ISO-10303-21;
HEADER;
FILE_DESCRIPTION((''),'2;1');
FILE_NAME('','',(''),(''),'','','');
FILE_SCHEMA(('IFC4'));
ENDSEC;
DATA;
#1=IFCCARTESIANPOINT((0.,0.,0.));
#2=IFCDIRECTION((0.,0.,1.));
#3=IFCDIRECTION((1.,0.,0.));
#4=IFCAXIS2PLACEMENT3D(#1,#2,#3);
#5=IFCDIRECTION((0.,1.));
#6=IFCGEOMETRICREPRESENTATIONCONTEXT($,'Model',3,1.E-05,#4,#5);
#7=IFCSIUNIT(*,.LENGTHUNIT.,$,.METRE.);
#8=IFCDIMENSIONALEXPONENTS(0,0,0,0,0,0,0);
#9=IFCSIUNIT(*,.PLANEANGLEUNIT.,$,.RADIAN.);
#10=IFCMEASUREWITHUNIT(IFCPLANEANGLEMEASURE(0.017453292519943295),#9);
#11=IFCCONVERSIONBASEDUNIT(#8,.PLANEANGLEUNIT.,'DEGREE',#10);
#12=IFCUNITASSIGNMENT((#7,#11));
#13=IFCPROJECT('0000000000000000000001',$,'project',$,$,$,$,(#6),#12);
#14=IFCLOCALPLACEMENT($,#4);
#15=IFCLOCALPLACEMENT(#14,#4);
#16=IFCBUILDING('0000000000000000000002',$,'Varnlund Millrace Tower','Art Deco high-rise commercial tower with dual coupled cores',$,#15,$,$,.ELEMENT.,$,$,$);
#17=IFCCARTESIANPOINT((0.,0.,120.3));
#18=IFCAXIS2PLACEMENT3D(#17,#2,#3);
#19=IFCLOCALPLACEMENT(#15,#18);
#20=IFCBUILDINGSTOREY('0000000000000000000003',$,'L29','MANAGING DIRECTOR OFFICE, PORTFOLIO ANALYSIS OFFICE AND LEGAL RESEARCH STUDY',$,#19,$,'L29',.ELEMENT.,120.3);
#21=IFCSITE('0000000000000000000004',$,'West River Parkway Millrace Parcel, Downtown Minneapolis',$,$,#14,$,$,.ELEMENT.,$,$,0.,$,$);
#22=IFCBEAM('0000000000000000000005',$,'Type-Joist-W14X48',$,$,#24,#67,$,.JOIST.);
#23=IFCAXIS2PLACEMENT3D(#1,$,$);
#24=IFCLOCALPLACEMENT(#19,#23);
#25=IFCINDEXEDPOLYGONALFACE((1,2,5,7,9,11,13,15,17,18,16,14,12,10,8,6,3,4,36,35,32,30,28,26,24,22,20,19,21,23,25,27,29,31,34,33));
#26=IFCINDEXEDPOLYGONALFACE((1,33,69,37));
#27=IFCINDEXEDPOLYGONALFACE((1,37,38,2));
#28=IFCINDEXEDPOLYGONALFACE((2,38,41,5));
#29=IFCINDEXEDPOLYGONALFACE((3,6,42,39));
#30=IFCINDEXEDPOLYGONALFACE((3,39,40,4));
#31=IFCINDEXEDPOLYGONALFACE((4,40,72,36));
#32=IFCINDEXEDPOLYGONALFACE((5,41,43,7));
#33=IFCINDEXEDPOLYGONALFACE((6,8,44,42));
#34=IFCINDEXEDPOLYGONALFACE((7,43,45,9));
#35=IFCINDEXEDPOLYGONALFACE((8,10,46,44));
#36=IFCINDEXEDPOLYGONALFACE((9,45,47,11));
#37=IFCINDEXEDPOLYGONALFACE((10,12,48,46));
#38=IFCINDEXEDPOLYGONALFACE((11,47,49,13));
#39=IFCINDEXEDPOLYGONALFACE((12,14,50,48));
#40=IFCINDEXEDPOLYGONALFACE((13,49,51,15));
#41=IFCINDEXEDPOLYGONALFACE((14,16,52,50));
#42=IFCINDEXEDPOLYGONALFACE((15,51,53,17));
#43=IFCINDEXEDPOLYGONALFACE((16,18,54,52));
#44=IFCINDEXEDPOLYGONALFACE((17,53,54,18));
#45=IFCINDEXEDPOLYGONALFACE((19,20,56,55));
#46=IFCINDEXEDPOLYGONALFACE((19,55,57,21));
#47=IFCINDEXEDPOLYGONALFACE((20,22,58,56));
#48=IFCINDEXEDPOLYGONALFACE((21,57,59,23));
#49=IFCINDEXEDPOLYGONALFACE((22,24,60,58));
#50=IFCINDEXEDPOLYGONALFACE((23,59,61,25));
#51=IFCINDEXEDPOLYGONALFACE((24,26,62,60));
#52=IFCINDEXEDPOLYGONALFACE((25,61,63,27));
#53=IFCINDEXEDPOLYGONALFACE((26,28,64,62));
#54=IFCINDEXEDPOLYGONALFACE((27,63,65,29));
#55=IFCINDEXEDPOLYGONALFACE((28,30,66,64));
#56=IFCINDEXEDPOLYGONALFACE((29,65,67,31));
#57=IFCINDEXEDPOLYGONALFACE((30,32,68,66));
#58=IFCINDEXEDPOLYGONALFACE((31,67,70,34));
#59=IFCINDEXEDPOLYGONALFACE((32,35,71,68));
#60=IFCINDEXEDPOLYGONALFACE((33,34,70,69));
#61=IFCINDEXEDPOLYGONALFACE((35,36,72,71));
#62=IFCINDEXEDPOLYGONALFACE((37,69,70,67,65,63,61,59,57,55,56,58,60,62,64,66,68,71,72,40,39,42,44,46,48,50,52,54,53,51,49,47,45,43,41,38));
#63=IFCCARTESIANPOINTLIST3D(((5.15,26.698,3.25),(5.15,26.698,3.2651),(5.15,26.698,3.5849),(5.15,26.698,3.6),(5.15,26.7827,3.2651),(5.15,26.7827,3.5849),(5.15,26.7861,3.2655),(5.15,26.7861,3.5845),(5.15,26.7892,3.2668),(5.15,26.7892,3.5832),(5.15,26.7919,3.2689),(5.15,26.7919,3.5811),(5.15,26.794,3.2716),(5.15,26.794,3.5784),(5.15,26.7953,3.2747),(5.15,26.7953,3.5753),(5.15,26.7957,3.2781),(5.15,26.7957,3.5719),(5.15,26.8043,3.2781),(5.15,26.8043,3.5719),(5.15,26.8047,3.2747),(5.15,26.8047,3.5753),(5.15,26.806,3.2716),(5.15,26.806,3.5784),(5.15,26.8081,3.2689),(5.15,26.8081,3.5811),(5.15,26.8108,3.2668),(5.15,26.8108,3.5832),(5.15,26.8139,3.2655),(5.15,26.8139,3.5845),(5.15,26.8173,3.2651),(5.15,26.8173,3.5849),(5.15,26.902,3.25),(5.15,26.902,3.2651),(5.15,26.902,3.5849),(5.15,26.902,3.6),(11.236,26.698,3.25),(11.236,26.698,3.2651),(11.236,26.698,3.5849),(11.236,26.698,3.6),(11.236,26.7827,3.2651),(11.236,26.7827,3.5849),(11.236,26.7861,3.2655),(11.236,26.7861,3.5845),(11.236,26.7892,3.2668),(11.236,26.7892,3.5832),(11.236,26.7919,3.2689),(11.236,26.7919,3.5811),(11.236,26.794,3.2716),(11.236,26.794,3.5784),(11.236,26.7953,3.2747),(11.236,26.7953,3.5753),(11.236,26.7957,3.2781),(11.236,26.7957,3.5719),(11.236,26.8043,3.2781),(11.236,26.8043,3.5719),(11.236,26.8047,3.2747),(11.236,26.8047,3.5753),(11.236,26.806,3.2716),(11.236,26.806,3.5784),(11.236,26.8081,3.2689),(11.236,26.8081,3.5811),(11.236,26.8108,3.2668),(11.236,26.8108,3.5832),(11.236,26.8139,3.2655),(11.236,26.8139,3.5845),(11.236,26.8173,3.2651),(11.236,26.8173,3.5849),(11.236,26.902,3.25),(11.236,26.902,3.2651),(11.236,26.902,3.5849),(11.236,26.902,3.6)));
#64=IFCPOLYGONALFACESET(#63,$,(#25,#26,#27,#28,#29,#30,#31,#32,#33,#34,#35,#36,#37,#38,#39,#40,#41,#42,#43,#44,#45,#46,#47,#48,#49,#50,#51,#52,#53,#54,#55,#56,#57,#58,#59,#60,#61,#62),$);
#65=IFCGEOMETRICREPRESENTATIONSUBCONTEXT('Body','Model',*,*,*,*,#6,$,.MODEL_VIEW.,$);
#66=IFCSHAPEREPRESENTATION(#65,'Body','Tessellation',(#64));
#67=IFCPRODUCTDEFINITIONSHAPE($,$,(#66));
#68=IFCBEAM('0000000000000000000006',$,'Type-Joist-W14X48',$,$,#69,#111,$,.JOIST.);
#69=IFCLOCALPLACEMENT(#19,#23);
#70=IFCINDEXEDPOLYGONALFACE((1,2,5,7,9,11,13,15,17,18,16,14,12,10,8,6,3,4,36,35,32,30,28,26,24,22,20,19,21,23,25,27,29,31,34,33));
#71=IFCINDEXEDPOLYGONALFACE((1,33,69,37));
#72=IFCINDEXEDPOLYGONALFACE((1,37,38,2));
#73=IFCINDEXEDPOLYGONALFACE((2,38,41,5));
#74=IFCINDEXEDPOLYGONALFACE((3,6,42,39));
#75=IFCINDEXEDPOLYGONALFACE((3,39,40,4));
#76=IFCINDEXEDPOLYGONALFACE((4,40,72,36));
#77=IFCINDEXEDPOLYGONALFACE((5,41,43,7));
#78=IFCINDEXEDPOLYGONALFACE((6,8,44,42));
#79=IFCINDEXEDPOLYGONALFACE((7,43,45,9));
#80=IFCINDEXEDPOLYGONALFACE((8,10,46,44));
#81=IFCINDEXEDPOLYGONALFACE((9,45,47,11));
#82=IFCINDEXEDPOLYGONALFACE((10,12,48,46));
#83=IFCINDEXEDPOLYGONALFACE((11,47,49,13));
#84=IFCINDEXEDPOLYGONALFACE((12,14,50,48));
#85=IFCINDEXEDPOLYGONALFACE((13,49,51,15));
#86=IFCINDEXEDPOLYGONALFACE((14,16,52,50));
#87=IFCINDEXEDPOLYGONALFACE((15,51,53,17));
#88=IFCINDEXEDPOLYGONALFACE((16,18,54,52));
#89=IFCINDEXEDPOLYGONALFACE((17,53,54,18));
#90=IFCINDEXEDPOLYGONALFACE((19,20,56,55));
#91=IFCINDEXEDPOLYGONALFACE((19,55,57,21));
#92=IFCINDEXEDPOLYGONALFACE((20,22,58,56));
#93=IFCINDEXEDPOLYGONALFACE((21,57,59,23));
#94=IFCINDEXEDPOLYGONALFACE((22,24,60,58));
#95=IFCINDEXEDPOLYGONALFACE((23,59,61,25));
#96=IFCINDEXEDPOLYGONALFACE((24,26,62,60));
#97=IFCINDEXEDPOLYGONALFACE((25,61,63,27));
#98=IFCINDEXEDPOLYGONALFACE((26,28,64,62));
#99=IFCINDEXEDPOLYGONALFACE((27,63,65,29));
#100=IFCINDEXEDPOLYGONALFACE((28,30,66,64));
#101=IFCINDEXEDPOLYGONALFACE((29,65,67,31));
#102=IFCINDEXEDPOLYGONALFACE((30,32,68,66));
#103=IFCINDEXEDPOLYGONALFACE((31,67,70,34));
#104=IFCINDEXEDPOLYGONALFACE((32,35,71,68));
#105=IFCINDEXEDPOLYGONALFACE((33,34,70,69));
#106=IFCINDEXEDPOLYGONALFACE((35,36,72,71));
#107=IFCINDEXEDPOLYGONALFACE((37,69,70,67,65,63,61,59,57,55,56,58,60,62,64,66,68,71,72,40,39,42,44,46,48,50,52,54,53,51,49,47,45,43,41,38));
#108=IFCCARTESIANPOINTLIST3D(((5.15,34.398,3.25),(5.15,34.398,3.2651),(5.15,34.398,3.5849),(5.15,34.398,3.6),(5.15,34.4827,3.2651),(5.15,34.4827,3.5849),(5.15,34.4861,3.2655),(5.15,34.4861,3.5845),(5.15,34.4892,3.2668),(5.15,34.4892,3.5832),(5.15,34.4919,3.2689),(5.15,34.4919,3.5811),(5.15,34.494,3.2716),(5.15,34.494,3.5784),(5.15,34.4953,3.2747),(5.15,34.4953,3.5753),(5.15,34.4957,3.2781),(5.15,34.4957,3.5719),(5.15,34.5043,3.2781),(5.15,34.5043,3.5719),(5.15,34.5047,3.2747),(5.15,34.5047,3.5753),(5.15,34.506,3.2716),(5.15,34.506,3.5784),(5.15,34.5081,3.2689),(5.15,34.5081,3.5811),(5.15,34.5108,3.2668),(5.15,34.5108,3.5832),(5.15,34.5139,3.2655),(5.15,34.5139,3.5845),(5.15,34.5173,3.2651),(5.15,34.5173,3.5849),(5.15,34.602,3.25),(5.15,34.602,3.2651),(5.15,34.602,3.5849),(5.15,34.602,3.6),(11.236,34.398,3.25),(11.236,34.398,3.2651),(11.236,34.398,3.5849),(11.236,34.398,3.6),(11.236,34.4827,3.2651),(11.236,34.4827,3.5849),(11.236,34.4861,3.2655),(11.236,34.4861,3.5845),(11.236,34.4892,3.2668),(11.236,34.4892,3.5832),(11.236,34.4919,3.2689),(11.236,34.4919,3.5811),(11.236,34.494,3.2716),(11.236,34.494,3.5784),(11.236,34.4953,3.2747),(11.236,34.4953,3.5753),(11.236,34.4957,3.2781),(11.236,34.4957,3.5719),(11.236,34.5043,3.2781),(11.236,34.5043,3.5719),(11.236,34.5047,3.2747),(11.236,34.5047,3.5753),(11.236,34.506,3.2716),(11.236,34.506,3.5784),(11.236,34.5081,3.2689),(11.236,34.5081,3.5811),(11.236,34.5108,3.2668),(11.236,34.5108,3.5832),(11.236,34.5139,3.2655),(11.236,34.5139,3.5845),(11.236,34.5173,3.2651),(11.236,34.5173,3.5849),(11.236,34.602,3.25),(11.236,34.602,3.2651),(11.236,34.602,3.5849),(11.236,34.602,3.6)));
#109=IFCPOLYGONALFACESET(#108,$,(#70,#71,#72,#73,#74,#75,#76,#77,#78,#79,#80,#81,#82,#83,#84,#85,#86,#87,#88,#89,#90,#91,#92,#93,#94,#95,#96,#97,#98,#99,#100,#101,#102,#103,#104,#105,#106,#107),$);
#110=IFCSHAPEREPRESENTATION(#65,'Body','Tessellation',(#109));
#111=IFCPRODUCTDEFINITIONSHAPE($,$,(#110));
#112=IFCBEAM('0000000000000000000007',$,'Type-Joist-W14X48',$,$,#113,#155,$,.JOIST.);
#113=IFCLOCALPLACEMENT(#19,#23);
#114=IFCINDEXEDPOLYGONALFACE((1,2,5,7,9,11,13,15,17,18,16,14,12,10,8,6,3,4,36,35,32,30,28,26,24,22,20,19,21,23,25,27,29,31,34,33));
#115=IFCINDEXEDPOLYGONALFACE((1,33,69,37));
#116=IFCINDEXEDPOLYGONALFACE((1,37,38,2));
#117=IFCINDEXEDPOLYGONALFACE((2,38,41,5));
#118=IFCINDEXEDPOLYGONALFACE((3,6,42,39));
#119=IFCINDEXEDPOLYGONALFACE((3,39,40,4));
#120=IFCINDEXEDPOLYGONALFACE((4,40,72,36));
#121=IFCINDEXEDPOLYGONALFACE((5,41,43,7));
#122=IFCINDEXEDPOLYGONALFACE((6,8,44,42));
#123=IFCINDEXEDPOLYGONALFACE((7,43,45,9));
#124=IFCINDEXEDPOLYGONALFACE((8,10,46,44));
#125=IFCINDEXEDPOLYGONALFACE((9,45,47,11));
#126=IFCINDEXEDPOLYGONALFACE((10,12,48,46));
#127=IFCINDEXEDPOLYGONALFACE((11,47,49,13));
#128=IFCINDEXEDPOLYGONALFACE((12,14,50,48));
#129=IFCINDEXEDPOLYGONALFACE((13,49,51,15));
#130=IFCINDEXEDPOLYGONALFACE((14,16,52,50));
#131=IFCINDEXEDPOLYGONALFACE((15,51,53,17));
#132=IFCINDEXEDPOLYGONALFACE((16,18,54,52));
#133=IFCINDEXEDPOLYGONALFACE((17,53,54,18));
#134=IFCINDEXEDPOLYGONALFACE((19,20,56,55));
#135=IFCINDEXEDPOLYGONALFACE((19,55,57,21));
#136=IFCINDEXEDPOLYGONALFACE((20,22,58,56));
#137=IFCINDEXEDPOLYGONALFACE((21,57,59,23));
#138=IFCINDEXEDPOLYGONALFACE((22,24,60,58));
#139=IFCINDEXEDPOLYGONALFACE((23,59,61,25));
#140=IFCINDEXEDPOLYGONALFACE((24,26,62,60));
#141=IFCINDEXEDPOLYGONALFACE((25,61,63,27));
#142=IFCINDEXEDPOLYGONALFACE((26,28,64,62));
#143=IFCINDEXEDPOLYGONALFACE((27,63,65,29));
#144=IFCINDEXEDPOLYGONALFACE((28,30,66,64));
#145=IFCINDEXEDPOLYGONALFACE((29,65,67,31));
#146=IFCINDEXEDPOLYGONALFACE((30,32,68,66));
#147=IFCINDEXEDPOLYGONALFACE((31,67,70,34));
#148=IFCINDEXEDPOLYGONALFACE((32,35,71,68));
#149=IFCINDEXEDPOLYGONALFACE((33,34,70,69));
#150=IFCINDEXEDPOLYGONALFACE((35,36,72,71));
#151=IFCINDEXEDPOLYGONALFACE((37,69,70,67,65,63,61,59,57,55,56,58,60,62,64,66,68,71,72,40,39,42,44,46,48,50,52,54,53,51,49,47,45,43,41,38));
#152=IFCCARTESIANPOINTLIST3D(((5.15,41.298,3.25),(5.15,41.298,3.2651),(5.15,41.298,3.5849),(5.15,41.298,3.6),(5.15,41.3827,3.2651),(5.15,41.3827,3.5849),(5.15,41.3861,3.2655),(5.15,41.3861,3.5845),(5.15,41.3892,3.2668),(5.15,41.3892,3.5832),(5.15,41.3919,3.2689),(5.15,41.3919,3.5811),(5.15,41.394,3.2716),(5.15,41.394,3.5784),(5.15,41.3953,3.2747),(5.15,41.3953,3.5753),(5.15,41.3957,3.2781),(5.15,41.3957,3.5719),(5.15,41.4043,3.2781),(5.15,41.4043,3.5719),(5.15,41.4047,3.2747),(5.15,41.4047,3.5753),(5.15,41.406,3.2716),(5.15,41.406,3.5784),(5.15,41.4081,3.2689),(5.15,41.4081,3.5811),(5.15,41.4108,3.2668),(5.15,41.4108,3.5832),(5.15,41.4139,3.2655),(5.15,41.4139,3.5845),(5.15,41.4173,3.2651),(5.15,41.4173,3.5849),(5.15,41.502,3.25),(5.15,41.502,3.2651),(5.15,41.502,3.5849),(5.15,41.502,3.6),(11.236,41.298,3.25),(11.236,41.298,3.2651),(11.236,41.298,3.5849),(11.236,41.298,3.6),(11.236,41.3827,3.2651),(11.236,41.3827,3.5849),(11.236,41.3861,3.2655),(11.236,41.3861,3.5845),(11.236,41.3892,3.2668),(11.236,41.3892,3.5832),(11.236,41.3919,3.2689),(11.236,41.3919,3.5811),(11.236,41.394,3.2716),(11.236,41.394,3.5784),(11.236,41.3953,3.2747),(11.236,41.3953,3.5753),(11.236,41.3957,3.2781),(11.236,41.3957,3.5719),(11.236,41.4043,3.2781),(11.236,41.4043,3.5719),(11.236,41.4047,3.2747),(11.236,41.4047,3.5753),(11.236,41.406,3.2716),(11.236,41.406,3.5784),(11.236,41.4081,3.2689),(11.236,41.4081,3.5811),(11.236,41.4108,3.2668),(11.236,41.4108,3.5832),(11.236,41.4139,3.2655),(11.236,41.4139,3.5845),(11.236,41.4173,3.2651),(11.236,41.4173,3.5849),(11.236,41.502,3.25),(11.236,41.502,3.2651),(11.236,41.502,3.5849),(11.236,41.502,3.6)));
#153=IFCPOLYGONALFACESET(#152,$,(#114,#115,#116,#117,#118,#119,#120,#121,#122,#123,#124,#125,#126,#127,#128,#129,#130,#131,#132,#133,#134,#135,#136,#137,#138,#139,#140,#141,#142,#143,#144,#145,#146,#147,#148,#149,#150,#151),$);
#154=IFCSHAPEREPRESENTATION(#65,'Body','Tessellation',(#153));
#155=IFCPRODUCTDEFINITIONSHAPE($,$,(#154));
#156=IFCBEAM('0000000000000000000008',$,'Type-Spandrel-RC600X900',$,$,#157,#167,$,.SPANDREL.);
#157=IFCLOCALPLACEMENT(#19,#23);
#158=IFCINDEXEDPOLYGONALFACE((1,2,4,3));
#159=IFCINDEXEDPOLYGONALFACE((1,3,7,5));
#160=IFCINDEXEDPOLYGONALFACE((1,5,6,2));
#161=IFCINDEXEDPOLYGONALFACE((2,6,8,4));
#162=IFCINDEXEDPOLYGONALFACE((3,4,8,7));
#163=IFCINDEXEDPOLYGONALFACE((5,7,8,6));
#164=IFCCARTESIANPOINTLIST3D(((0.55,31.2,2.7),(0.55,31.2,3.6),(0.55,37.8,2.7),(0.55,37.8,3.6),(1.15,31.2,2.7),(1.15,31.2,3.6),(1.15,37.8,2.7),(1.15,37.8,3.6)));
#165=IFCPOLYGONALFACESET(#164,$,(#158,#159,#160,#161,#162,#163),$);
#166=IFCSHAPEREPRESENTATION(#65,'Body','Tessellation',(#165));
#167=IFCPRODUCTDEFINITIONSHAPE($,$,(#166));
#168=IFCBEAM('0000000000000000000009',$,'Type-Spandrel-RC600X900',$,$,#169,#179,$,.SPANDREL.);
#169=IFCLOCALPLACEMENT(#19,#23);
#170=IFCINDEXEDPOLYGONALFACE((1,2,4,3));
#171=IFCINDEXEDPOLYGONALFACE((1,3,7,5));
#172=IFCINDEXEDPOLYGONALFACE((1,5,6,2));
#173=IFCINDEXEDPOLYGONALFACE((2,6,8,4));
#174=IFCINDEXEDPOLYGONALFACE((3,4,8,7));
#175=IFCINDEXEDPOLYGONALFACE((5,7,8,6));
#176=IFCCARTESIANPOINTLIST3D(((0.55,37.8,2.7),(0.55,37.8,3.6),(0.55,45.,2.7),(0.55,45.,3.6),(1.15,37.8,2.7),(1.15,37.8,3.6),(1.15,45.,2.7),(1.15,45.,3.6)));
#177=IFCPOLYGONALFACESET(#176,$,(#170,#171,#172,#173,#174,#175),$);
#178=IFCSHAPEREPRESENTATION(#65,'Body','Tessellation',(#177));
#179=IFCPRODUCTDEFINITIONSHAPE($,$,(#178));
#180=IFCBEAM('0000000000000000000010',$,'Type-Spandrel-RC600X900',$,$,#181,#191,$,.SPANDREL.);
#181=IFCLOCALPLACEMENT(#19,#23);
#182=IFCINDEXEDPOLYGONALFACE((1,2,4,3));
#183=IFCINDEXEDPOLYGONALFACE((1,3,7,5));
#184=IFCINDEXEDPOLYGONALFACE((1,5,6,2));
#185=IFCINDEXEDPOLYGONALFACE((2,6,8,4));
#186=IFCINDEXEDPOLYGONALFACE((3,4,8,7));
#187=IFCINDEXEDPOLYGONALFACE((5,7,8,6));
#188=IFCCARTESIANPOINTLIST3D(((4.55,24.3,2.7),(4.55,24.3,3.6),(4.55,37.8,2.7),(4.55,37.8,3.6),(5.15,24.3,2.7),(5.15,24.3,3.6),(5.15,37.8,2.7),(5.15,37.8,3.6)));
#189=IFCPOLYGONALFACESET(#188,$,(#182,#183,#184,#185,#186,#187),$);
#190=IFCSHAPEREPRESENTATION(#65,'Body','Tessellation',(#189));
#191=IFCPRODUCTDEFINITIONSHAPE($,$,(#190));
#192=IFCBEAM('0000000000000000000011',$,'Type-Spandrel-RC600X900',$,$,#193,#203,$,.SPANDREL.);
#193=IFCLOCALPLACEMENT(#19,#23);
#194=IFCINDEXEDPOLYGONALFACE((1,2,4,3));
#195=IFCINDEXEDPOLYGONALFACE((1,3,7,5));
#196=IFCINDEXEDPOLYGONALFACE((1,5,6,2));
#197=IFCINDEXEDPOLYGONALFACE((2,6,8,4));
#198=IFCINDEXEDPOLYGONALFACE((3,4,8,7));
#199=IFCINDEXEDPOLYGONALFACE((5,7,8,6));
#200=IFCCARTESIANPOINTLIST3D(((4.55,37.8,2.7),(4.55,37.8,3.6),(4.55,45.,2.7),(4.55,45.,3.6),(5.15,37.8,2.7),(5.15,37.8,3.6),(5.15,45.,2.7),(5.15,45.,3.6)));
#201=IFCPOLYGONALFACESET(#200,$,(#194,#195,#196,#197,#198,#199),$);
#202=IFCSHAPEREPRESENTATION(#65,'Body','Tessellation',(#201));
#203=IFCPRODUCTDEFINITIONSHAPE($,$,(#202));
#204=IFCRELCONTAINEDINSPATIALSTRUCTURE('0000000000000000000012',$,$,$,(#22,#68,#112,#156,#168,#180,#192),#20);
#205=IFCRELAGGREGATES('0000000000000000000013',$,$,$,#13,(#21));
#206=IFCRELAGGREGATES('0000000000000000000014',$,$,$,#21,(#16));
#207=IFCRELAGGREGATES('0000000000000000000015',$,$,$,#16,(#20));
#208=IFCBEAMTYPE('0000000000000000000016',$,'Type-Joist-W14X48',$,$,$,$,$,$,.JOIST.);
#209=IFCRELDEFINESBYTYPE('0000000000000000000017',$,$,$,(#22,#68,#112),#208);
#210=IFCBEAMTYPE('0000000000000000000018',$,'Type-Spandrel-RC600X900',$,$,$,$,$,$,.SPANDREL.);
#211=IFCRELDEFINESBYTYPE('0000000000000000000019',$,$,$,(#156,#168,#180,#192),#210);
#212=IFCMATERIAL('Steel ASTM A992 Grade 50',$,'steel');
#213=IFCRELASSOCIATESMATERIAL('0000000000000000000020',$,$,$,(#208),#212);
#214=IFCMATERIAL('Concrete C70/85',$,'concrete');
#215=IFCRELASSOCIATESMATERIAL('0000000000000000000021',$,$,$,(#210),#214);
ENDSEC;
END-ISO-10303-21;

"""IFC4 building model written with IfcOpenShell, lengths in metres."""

from ifc_helpers import new_model, entity, si_unit, converted_unit, direction, frame, origin_with_axes, origin_2d_with_axis, place, context, subcontext, project, spatial, rectangle, i_section, extrude, material, material_profile, profile_set, type_object, element, save


model = new_model("IFC4")

# Units and contexts
model_context = context("Model", 3, precision=1e-05, world=origin_with_axes(), true_north=direction((0.0, 1.0)))
body_context = subcontext(model_context, "Body", "Model", "MODEL_VIEW")
ifc_project = project(units=[si_unit("LENGTHUNIT", "METRE"), converted_unit("PLANEANGLEUNIT", "DEGREE", entity("IfcPlaneAngleMeasure", 0.017453292519943295), si_unit("PLANEANGLEUNIT", "RADIAN"), dimensions=[0, 0, 0, 0, 0, 0, 0])], contexts=[model_context])

# Site, building, storey
site_placement = place(None, origin_with_axes())
site = spatial("IfcSite", under=ifc_project, at=site_placement, Name="West River Parkway Millrace Parcel, Downtown Minneapolis", CompositionType="ELEMENT", RefElevation=0.0)
building_placement = place(site_placement, origin_with_axes())
building = spatial("IfcBuilding", under=site, at=building_placement, Name="Varnlund Millrace Tower", Description="Art Deco high-rise commercial tower with dual coupled cores", CompositionType="ELEMENT")
storey_placement = place(building_placement, frame((0.0, 0.0, 120.3), z_axis=(0.0, 0.0, 1.0), x_axis=(1.0, 0.0, 0.0)))
storey = spatial("IfcBuildingStorey", under=building, at=storey_placement, Name="L29", Description="MANAGING DIRECTOR OFFICE, PORTFOLIO ANALYSIS OFFICE AND LEGAL RESEARCH STUDY", LongName="L29", CompositionType="ELEMENT", Elevation=120.3)

# Beams
ifc_material_1 = material(Name="Steel ASTM A992 Grade 50", Category="steel")
ifc_material_profile_1 = material_profile(ifc_material_1, i_section(OverallWidth=0.204, OverallDepth=0.35, WebThickness=0.0086, FlangeThickness=0.0151, FilletRadius=0.013, at=origin_2d_with_axis()), Name="Steel ASTM A992 Grade 50")
ifc_profile_set_1 = profile_set([ifc_material_profile_1], Name="Steel ASTM A992 Grade 50")
beam_type_1 = type_object("IfcBeamType", Name="Type-Joist-W14X48", PredefinedType="JOIST", material=ifc_profile_set_1)
for number, where, z_axis, x_axis, name in (
    (1, (5.15, 26.8, 3.425), (1.0, 0.0, 0.0), (0.0, 1.0, 0.0), "Type-Joist-W14X48"),
    (2, (5.15, 34.5, 3.425), (1.0, 0.0, 0.0), (0.0, 1.0, 0.0), "Type-Joist-W14X48"),
    (3, (5.15, 41.4, 3.425), (1.0, 0.0, 0.0), (0.0, 1.0, 0.0), "Type-Joist-W14X48"),
):
    element("IfcBeam", number, at=place(storey_placement, frame(where, z_axis=z_axis, x_axis=x_axis)), inside=storey, type_object=beam_type_1, Name=name, PredefinedType="JOIST", context=body_context, shape_type="SweptSolid", body=[
        extrude(i_section(OverallWidth=0.204, OverallDepth=0.35, WebThickness=0.0086, FlangeThickness=0.0151, FilletRadius=0.013, at=origin_2d_with_axis()), origin_with_axes(), (0.0, 0.0, 1.0), 6.086),
    ])
ifc_material_2 = material(Name="Concrete C70/85", Category="concrete")
ifc_material_profile_2 = material_profile(ifc_material_2, rectangle(XDim=0.6, YDim=0.9, at=origin_2d_with_axis()), Name="Concrete C70/85")
ifc_profile_set_2 = profile_set([ifc_material_profile_2], Name="Concrete C70/85")
beam_type_2 = type_object("IfcBeamType", Name="Type-Spandrel-RC600X900", PredefinedType="SPANDREL", material=ifc_profile_set_2)
beam_1_placement = place(storey_placement, frame((0.85, 31.2, 3.15), z_axis=(0.0, 1.0, 0.0), x_axis=(-1.0, 0.0, 0.0)))
element("IfcBeam", 4, at=beam_1_placement, inside=storey, type_object=beam_type_2, Name="Type-Spandrel-RC600X900", PredefinedType="SPANDREL", context=body_context, shape_type="SweptSolid", body=[
    extrude(rectangle(XDim=0.6, YDim=0.9, at=origin_2d_with_axis()), origin_with_axes(), (0.0, 0.0, 1.0), 6.6),
])
beam_2_placement = place(storey_placement, frame((0.85, 37.8, 3.15), z_axis=(0.0, 1.0, 0.0), x_axis=(-1.0, 0.0, 0.0)))
element("IfcBeam", 5, at=beam_2_placement, inside=storey, type_object=beam_type_2, Name="Type-Spandrel-RC600X900", PredefinedType="SPANDREL", context=body_context, shape_type="SweptSolid", body=[
    extrude(rectangle(XDim=0.6, YDim=0.9, at=origin_2d_with_axis()), origin_with_axes(), (0.0, 0.0, 1.0), 7.2),
])
beam_3_placement = place(storey_placement, frame((4.85, 24.3, 3.15), z_axis=(0.0, 1.0, 0.0), x_axis=(-1.0, 0.0, 0.0)))
element("IfcBeam", 6, at=beam_3_placement, inside=storey, type_object=beam_type_2, Name="Type-Spandrel-RC600X900", PredefinedType="SPANDREL", context=body_context, shape_type="SweptSolid", body=[
    extrude(rectangle(XDim=0.6, YDim=0.9, at=origin_2d_with_axis()), origin_with_axes(), (0.0, 0.0, 1.0), 13.5),
])
beam_4_placement = place(storey_placement, frame((4.85, 37.8, 3.15), z_axis=(0.0, 1.0, 0.0), x_axis=(-1.0, 0.0, 0.0)))
element("IfcBeam", 7, at=beam_4_placement, inside=storey, type_object=beam_type_2, Name="Type-Spandrel-RC600X900", PredefinedType="SPANDREL", context=body_context, shape_type="SweptSolid", body=[
    extrude(rectangle(XDim=0.6, YDim=0.9, at=origin_2d_with_axis()), origin_with_axes(), (0.0, 0.0, 1.0), 7.2),
])

save(model, "model.ifc")
